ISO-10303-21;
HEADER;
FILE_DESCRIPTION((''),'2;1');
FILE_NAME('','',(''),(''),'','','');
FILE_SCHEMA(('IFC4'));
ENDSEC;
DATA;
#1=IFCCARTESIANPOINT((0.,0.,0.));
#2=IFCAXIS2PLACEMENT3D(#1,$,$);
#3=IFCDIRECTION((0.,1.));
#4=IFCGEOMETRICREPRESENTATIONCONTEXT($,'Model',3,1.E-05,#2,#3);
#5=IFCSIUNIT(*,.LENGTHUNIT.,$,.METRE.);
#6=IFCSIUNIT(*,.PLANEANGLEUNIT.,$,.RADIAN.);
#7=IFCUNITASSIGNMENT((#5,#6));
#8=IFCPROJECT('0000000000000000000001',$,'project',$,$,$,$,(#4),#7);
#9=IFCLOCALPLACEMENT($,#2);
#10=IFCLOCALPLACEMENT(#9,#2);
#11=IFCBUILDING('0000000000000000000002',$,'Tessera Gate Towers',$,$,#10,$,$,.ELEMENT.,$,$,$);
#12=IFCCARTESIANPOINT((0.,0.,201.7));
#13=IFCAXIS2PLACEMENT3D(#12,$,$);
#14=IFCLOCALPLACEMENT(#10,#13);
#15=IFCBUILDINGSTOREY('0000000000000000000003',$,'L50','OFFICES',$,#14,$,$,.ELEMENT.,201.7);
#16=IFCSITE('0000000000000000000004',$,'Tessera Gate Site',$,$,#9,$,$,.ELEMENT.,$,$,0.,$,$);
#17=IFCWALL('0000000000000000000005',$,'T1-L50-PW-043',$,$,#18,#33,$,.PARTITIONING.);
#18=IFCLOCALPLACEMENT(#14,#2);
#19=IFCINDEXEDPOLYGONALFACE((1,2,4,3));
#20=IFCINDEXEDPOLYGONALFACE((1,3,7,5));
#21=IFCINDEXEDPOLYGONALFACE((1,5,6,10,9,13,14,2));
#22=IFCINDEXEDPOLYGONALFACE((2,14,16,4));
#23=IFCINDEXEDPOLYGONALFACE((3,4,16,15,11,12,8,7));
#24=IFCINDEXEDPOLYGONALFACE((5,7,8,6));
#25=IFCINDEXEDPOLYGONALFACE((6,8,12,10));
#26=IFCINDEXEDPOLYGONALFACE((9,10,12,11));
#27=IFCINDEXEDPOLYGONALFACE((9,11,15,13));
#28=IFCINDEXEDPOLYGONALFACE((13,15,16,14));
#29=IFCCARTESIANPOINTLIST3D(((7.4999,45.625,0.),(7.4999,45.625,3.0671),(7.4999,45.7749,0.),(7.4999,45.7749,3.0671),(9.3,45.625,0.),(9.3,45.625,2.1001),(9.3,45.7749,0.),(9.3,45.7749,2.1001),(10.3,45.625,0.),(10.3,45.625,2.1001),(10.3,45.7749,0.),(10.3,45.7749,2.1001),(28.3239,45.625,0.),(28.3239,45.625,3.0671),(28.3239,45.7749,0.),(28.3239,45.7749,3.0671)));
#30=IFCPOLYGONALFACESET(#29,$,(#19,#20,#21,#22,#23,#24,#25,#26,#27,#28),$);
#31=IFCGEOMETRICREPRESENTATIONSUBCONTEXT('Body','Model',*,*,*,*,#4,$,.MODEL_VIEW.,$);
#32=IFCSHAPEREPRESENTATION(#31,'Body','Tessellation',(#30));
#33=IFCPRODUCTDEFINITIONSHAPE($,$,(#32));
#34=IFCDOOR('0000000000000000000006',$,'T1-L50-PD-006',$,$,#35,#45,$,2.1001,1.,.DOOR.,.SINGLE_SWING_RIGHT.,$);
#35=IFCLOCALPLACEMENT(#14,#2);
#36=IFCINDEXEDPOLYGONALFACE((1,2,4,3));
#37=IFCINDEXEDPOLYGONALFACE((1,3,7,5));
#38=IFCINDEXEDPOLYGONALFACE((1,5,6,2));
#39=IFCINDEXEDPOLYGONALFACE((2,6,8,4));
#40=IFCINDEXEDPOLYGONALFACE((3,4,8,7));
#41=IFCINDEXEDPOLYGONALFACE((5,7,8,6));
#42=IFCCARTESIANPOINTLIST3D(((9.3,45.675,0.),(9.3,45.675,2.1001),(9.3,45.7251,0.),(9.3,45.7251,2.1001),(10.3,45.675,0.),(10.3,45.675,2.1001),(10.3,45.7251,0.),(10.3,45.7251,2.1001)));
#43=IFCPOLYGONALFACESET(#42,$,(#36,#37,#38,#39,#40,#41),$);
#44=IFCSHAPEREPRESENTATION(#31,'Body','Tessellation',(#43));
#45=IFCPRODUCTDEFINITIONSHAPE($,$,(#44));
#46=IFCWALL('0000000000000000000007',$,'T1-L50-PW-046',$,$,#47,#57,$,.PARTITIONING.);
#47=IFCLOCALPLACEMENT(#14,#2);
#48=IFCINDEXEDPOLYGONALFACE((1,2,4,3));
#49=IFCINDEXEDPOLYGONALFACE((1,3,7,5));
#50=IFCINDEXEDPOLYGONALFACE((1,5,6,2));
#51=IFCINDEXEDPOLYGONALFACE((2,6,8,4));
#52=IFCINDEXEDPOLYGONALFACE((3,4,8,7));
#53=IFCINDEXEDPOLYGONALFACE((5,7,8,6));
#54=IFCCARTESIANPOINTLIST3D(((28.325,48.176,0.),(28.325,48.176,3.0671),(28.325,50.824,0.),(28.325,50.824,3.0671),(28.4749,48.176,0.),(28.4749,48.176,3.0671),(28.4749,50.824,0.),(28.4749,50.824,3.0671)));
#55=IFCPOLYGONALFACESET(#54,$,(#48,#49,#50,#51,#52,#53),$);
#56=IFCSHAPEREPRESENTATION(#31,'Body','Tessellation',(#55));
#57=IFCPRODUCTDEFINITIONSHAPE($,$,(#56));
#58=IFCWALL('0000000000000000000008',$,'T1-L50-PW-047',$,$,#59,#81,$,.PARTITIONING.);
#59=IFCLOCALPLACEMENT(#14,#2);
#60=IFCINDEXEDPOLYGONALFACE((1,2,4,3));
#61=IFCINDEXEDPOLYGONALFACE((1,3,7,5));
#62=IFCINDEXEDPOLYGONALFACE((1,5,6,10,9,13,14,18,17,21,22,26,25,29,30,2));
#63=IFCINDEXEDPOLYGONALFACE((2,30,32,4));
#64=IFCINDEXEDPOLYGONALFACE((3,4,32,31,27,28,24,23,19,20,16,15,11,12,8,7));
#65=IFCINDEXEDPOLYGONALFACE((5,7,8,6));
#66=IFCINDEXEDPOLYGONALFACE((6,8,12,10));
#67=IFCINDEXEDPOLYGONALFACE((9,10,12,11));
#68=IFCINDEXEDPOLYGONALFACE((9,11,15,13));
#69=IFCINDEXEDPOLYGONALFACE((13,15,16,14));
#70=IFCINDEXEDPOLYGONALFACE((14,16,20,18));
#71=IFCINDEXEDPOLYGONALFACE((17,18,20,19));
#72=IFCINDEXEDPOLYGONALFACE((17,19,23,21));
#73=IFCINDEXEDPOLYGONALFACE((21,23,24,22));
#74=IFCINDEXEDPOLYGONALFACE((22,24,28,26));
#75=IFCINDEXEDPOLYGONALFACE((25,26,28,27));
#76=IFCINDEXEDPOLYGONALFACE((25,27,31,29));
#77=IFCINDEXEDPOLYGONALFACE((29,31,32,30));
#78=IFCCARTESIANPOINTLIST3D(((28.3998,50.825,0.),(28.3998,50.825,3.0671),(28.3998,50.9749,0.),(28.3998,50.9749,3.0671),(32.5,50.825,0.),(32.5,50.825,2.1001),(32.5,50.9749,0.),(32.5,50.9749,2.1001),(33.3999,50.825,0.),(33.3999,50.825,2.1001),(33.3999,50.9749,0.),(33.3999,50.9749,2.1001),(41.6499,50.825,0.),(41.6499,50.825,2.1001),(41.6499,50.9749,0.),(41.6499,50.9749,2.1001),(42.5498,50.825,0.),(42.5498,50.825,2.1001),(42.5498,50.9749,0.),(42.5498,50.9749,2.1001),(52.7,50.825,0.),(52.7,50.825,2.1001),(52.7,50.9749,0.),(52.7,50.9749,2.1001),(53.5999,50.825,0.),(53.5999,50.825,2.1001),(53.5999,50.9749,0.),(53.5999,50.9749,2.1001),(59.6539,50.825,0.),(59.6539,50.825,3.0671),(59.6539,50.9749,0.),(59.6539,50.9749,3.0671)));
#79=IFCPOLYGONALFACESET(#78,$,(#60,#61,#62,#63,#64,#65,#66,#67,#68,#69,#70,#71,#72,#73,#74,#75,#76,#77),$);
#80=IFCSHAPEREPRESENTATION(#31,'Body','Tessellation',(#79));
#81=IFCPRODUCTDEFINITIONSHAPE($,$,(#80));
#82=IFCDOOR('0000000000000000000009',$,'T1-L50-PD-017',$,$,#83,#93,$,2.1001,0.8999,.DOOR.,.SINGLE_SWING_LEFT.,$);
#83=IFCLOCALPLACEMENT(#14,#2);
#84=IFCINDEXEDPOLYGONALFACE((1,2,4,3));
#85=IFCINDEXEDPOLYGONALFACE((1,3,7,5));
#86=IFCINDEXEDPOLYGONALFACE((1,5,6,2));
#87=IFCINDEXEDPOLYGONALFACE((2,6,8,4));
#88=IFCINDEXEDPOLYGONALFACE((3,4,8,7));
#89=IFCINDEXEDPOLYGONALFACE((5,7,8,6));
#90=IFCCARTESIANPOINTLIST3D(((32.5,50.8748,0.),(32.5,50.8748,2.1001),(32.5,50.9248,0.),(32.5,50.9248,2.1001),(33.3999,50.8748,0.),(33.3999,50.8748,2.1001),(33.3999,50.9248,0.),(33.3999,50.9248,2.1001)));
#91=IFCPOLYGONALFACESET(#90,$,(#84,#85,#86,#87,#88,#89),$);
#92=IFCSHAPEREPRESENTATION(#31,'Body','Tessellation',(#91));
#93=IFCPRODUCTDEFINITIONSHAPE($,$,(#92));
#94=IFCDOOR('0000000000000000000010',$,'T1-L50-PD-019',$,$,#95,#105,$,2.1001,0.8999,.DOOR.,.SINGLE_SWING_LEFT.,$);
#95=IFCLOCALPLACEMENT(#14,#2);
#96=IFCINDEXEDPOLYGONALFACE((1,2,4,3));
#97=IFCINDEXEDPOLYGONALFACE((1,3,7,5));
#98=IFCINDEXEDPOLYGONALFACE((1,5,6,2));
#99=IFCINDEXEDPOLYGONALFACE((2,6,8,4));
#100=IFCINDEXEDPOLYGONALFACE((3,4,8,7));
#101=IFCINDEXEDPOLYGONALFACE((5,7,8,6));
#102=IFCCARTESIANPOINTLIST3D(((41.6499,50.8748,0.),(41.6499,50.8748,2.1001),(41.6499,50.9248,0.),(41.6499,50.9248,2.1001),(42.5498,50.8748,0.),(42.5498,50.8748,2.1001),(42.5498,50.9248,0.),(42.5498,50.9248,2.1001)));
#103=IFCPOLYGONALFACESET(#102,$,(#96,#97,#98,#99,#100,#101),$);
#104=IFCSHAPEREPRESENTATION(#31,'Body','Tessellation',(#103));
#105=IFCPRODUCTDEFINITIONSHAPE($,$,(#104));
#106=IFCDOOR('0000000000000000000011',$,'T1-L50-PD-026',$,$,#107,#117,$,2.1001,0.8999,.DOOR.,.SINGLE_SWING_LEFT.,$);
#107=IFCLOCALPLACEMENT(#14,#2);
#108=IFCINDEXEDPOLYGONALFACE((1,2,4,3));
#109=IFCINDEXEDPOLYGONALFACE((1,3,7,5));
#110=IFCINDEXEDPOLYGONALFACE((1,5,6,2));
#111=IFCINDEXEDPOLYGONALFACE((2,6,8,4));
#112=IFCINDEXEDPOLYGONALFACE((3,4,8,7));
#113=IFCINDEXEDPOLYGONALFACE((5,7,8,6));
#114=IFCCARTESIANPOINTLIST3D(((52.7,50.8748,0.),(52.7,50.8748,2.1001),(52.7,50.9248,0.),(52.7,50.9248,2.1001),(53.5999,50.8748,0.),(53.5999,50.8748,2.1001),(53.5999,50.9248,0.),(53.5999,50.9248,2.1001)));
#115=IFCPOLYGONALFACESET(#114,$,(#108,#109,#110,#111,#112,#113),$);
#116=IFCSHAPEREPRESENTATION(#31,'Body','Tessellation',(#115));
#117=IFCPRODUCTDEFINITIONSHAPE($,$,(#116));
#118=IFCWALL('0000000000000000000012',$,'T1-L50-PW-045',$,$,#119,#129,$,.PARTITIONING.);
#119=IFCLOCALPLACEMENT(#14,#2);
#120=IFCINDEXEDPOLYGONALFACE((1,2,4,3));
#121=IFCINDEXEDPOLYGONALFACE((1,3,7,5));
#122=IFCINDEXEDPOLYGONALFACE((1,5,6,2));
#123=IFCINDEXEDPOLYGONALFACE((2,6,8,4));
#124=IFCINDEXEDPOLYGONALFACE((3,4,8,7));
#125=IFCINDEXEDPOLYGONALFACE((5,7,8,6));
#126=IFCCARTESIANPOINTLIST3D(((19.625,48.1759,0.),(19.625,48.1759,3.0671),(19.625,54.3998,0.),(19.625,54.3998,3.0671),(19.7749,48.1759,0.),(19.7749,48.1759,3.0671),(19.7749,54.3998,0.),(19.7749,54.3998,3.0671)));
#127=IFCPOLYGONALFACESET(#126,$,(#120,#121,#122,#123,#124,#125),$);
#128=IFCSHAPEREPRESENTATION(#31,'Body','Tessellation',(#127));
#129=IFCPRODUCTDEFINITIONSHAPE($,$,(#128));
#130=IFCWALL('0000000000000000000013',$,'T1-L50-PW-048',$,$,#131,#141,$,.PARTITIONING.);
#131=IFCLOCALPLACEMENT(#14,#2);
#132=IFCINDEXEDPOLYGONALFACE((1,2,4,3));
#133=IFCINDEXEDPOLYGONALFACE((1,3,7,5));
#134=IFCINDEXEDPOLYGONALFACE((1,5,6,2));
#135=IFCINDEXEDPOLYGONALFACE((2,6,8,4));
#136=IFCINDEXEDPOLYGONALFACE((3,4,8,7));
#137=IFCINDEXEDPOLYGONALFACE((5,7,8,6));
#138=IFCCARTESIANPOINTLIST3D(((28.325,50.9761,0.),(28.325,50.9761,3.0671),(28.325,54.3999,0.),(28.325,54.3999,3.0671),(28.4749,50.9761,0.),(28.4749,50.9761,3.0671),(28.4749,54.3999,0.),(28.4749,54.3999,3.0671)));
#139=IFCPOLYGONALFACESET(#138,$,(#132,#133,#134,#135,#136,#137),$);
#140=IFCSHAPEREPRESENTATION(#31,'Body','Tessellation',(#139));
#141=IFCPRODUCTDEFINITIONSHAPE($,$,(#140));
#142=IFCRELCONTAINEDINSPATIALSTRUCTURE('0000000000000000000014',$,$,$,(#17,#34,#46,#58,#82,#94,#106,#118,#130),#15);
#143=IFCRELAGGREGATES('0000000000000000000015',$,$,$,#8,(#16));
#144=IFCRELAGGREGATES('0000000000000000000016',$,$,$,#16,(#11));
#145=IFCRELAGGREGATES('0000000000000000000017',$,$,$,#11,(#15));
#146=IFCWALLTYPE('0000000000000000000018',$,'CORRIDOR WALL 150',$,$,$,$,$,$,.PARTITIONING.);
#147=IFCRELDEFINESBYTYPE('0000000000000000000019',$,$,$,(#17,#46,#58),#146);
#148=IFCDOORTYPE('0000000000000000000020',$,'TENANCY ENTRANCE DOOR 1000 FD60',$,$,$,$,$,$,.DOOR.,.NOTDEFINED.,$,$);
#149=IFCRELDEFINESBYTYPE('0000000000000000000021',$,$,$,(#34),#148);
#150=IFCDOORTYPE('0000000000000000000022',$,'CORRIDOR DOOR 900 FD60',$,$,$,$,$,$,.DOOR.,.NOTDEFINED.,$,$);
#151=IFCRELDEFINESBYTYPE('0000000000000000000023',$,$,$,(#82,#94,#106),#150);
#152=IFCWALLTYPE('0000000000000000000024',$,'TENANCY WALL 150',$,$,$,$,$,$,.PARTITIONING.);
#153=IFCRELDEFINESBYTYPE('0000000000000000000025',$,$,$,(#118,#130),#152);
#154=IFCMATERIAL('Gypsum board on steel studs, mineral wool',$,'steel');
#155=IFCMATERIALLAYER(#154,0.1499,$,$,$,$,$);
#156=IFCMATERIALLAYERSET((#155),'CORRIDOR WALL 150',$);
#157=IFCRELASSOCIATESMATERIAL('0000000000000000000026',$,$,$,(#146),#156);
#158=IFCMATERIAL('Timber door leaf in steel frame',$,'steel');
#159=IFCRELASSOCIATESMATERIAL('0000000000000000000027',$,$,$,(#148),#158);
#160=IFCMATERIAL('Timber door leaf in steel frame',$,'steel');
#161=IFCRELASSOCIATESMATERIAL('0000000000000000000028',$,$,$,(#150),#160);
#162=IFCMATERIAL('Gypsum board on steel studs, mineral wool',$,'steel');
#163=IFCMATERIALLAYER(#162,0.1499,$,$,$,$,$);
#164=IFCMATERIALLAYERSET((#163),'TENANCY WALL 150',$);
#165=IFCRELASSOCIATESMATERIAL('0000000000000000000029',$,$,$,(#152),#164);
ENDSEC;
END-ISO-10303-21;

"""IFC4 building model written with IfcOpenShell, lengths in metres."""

from ifc_helpers import new_model, si_unit, direction, frame, frame_2d, origin, place, context, subcontext, project, spatial, rectangle, extrude, source, transform, mapped, material, layer, layer_set, type_object, element, fill, save


model = new_model("IFC4")

# Units and contexts
model_context = context("Model", 3, precision=1e-05, world=origin(), true_north=direction((0.0, 1.0)))
body_context = subcontext(model_context, "Body", "Model", "MODEL_VIEW")
ifc_project = project(units=[si_unit("LENGTHUNIT", "METRE"), si_unit("PLANEANGLEUNIT", "RADIAN")], contexts=[model_context])

# Site, building, storey
site_placement = place(None, origin())
site = spatial("IfcSite", under=ifc_project, at=site_placement, Name="Tessera Gate Site", CompositionType="ELEMENT", RefElevation=0.0)
building_placement = place(site_placement, origin())
building = spatial("IfcBuilding", under=site, at=building_placement, Name="Tessera Gate Towers", CompositionType="ELEMENT")
storey_placement = place(building_placement, frame((0.0, 0.0, 201.7)))
storey = spatial("IfcBuildingStorey", under=building, at=storey_placement, Name="L50", Description="OFFICES", CompositionType="ELEMENT", Elevation=201.7)

# Wall, opening, door
ifc_material_1 = material(Name="Gypsum board on steel studs, mineral wool", Category="steel")
ifc_layer_1 = layer(ifc_material_1, 0.1499)
ifc_layer_set_1 = layer_set([ifc_layer_1], Name="CORRIDOR WALL 150")
wall_type_1 = type_object("IfcWallType", Name="CORRIDOR WALL 150", PredefinedType="PARTITIONING", material=ifc_layer_set_1)
wall_1_placement = place(storey_placement, frame((28.324, 45.7, 0.0), z_axis=(0.0, 0.0, 1.0), x_axis=(-1.0, 0.0, 0.0)))
wall_1 = element("IfcWall", 1, at=wall_1_placement, inside=storey, type_object=wall_type_1, Name="T1-L50-PW-043", PredefinedType="PARTITIONING", context=body_context, shape_type="SweptSolid", body=[
    extrude(rectangle(XDim=20.824, YDim=0.1499, at=frame_2d((10.4121, 0.0))), origin(), (0.0, 0.0, 1.0), 3.0671),
])
shared_shape_1 = source(origin(), body_context, "Body", "SweptSolid", [
    extrude(rectangle(XDim=1.0, YDim=2.1001, at=frame_2d((0.5, 1.05))), frame((0.0, 0.085, 0.0), z_axis=(0.0, -1.0, 0.0), x_axis=(1.0, 0.0, 0.0)), (0.0, 0.0, 1.0), 0.1699),
])
opening_1_placement = place(wall_1_placement, frame((18.0239, 0.0, 0.0)))
opening_1 = element("IfcOpeningElement", 2, at=opening_1_placement, cuts=wall_1, PredefinedType="OPENING", context=body_context, shape_type="MappedRepresentation", body=[
    mapped(shared_shape_1, transform((0.0, 0.0, 0.0), scale=1.0)),
])
ifc_material_2 = material(Name="Timber door leaf in steel frame", Category="steel")
door_type_1 = type_object("IfcDoorType", Name="TENANCY ENTRANCE DOOR 1000 FD60", OperationType="NOTDEFINED", PredefinedType="DOOR", material=ifc_material_2)
shared_shape_2 = source(origin(), body_context, "Body", "SweptSolid", [
    extrude(rectangle(XDim=1.0, YDim=2.1001, at=frame_2d((0.5, 1.05))), frame((0.0, 0.0249, 0.0), z_axis=(0.0, -1.0, 0.0), x_axis=(1.0, 0.0, 0.0)), (0.0, 0.0, 1.0), 0.05),
])
door_1_placement = place(opening_1_placement, origin())
door_1 = element("IfcDoor", 3, at=door_1_placement, inside=storey, type_object=door_type_1, Name="T1-L50-PD-006", OperationType="SINGLE_SWING_RIGHT", OverallHeight=2.1001, OverallWidth=1.0, PredefinedType="DOOR", context=body_context, shape_type="MappedRepresentation", body=[
    mapped(shared_shape_2, transform((0.0, 0.0, 0.0), scale=1.0)),
])
fill(opening_1, door_1)

# Wall
wall_2_placement = place(storey_placement, frame((28.3999, 48.176, 0.0), z_axis=(0.0, 0.0, 1.0), x_axis=(0.0, 1.0, 0.0)))
element("IfcWall", 4, at=wall_2_placement, inside=storey, type_object=wall_type_1, Name="T1-L50-PW-046", PredefinedType="PARTITIONING", context=body_context, shape_type="SweptSolid", body=[
    extrude(rectangle(XDim=2.6479, YDim=0.1499, at=frame_2d((1.324, 0.0))), origin(), (0.0, 0.0, 1.0), 3.0671),
])

# Wall, openings, doors
wall_3_placement = place(storey_placement, frame((28.3999, 50.8999, 0.0), z_axis=(0.0, 0.0, 1.0), x_axis=(1.0, 0.0, 0.0)))
wall_3 = element("IfcWall", 5, at=wall_3_placement, inside=storey, type_object=wall_type_1, Name="T1-L50-PW-047", PredefinedType="PARTITIONING", context=body_context, shape_type="SweptSolid", body=[
    extrude(rectangle(XDim=31.2542, YDim=0.1499, at=frame_2d((15.627, 0.0))), origin(), (0.0, 0.0, 1.0), 3.0671),
])
shared_shape_3 = source(origin(), body_context, "Body", "SweptSolid", [
    extrude(rectangle(XDim=0.8999, YDim=2.1001, at=frame_2d((0.45, 1.05))), frame((0.0, 0.085, 0.0), z_axis=(0.0, -1.0, 0.0), x_axis=(1.0, 0.0, 0.0)), (0.0, 0.0, 1.0), 0.1699),
])
opening_2_placement = place(wall_3_placement, frame((4.1001, 0.0, 0.0)))
opening_2 = element("IfcOpeningElement", 6, at=opening_2_placement, cuts=wall_3, PredefinedType="OPENING", context=body_context, shape_type="MappedRepresentation", body=[
    mapped(shared_shape_3, transform((0.0, 0.0, 0.0), scale=1.0)),
])
opening_3_placement = place(wall_3_placement, frame((13.25, 0.0, 0.0)))
opening_3 = element("IfcOpeningElement", 7, at=opening_3_placement, cuts=wall_3, PredefinedType="OPENING", context=body_context, shape_type="MappedRepresentation", body=[
    mapped(shared_shape_3, transform((0.0, 0.0, 0.0), scale=1.0)),
])
opening_4_placement = place(wall_3_placement, frame((24.3, 0.0, 0.0)))
opening_4 = element("IfcOpeningElement", 8, at=opening_4_placement, cuts=wall_3, PredefinedType="OPENING", context=body_context, shape_type="MappedRepresentation", body=[
    mapped(shared_shape_3, transform((0.0, 0.0, 0.0), scale=1.0)),
])
ifc_material_3 = material(Name="Timber door leaf in steel frame", Category="steel")
door_type_2 = type_object("IfcDoorType", Name="CORRIDOR DOOR 900 FD60", OperationType="NOTDEFINED", PredefinedType="DOOR", material=ifc_material_3)
shared_shape_4 = source(origin(), body_context, "Body", "SweptSolid", [
    extrude(rectangle(XDim=0.8999, YDim=2.1001, at=frame_2d((0.45, 1.05))), frame((0.0, 0.0249, 0.0), z_axis=(0.0, -1.0, 0.0), x_axis=(1.0, 0.0, 0.0)), (0.0, 0.0, 1.0), 0.05),
])
door_2_placement = place(opening_2_placement, origin())
door_2 = element("IfcDoor", 9, at=door_2_placement, inside=storey, type_object=door_type_2, Name="T1-L50-PD-017", OperationType="SINGLE_SWING_LEFT", OverallHeight=2.1001, OverallWidth=0.8999, PredefinedType="DOOR", context=body_context, shape_type="MappedRepresentation", body=[
    mapped(shared_shape_4, transform((0.0, 0.0, 0.0), scale=1.0)),
])
fill(opening_2, door_2)
door_3_placement = place(opening_3_placement, origin())
door_3 = element("IfcDoor", 10, at=door_3_placement, inside=storey, type_object=door_type_2, Name="T1-L50-PD-019", OperationType="SINGLE_SWING_LEFT", OverallHeight=2.1001, OverallWidth=0.8999, PredefinedType="DOOR", context=body_context, shape_type="MappedRepresentation", body=[
    mapped(shared_shape_4, transform((0.0, 0.0, 0.0), scale=1.0)),
])
fill(opening_3, door_3)
door_4_placement = place(opening_4_placement, origin())
door_4 = element("IfcDoor", 11, at=door_4_placement, inside=storey, type_object=door_type_2, Name="T1-L50-PD-026", OperationType="SINGLE_SWING_LEFT", OverallHeight=2.1001, OverallWidth=0.8999, PredefinedType="DOOR", context=body_context, shape_type="MappedRepresentation", body=[
    mapped(shared_shape_4, transform((0.0, 0.0, 0.0), scale=1.0)),
])
fill(opening_4, door_4)

# Walls
ifc_material_4 = material(Name="Gypsum board on steel studs, mineral wool", Category="steel")
ifc_layer_2 = layer(ifc_material_4, 0.1499)
ifc_layer_set_2 = layer_set([ifc_layer_2], Name="TENANCY WALL 150")
wall_type_2 = type_object("IfcWallType", Name="TENANCY WALL 150", PredefinedType="PARTITIONING", material=ifc_layer_set_2)
wall_4_placement = place(storey_placement, frame((19.7, 48.176, 0.0), z_axis=(0.0, 0.0, 1.0), x_axis=(0.0, 1.0, 0.0)))
element("IfcWall", 12, at=wall_4_placement, inside=storey, type_object=wall_type_2, Name="T1-L50-PW-045", PredefinedType="PARTITIONING", context=body_context, shape_type="SweptSolid", body=[
    extrude(rectangle(XDim=6.2239, YDim=0.1499, at=frame_2d((3.1118, 0.0))), origin(), (0.0, 0.0, 1.0), 3.0671),
])
wall_5_placement = place(storey_placement, frame((28.3999, 50.9761, 0.0), z_axis=(0.0, 0.0, 1.0), x_axis=(0.0, 1.0, 0.0)))
element("IfcWall", 13, at=wall_5_placement, inside=storey, type_object=wall_type_2, Name="T1-L50-PW-048", PredefinedType="PARTITIONING", context=body_context, shape_type="SweptSolid", body=[
    extrude(rectangle(XDim=3.4238, YDim=0.1499, at=frame_2d((1.7119, 0.0))), origin(), (0.0, 0.0, 1.0), 3.0671),
])

save(model, "model.ifc")
